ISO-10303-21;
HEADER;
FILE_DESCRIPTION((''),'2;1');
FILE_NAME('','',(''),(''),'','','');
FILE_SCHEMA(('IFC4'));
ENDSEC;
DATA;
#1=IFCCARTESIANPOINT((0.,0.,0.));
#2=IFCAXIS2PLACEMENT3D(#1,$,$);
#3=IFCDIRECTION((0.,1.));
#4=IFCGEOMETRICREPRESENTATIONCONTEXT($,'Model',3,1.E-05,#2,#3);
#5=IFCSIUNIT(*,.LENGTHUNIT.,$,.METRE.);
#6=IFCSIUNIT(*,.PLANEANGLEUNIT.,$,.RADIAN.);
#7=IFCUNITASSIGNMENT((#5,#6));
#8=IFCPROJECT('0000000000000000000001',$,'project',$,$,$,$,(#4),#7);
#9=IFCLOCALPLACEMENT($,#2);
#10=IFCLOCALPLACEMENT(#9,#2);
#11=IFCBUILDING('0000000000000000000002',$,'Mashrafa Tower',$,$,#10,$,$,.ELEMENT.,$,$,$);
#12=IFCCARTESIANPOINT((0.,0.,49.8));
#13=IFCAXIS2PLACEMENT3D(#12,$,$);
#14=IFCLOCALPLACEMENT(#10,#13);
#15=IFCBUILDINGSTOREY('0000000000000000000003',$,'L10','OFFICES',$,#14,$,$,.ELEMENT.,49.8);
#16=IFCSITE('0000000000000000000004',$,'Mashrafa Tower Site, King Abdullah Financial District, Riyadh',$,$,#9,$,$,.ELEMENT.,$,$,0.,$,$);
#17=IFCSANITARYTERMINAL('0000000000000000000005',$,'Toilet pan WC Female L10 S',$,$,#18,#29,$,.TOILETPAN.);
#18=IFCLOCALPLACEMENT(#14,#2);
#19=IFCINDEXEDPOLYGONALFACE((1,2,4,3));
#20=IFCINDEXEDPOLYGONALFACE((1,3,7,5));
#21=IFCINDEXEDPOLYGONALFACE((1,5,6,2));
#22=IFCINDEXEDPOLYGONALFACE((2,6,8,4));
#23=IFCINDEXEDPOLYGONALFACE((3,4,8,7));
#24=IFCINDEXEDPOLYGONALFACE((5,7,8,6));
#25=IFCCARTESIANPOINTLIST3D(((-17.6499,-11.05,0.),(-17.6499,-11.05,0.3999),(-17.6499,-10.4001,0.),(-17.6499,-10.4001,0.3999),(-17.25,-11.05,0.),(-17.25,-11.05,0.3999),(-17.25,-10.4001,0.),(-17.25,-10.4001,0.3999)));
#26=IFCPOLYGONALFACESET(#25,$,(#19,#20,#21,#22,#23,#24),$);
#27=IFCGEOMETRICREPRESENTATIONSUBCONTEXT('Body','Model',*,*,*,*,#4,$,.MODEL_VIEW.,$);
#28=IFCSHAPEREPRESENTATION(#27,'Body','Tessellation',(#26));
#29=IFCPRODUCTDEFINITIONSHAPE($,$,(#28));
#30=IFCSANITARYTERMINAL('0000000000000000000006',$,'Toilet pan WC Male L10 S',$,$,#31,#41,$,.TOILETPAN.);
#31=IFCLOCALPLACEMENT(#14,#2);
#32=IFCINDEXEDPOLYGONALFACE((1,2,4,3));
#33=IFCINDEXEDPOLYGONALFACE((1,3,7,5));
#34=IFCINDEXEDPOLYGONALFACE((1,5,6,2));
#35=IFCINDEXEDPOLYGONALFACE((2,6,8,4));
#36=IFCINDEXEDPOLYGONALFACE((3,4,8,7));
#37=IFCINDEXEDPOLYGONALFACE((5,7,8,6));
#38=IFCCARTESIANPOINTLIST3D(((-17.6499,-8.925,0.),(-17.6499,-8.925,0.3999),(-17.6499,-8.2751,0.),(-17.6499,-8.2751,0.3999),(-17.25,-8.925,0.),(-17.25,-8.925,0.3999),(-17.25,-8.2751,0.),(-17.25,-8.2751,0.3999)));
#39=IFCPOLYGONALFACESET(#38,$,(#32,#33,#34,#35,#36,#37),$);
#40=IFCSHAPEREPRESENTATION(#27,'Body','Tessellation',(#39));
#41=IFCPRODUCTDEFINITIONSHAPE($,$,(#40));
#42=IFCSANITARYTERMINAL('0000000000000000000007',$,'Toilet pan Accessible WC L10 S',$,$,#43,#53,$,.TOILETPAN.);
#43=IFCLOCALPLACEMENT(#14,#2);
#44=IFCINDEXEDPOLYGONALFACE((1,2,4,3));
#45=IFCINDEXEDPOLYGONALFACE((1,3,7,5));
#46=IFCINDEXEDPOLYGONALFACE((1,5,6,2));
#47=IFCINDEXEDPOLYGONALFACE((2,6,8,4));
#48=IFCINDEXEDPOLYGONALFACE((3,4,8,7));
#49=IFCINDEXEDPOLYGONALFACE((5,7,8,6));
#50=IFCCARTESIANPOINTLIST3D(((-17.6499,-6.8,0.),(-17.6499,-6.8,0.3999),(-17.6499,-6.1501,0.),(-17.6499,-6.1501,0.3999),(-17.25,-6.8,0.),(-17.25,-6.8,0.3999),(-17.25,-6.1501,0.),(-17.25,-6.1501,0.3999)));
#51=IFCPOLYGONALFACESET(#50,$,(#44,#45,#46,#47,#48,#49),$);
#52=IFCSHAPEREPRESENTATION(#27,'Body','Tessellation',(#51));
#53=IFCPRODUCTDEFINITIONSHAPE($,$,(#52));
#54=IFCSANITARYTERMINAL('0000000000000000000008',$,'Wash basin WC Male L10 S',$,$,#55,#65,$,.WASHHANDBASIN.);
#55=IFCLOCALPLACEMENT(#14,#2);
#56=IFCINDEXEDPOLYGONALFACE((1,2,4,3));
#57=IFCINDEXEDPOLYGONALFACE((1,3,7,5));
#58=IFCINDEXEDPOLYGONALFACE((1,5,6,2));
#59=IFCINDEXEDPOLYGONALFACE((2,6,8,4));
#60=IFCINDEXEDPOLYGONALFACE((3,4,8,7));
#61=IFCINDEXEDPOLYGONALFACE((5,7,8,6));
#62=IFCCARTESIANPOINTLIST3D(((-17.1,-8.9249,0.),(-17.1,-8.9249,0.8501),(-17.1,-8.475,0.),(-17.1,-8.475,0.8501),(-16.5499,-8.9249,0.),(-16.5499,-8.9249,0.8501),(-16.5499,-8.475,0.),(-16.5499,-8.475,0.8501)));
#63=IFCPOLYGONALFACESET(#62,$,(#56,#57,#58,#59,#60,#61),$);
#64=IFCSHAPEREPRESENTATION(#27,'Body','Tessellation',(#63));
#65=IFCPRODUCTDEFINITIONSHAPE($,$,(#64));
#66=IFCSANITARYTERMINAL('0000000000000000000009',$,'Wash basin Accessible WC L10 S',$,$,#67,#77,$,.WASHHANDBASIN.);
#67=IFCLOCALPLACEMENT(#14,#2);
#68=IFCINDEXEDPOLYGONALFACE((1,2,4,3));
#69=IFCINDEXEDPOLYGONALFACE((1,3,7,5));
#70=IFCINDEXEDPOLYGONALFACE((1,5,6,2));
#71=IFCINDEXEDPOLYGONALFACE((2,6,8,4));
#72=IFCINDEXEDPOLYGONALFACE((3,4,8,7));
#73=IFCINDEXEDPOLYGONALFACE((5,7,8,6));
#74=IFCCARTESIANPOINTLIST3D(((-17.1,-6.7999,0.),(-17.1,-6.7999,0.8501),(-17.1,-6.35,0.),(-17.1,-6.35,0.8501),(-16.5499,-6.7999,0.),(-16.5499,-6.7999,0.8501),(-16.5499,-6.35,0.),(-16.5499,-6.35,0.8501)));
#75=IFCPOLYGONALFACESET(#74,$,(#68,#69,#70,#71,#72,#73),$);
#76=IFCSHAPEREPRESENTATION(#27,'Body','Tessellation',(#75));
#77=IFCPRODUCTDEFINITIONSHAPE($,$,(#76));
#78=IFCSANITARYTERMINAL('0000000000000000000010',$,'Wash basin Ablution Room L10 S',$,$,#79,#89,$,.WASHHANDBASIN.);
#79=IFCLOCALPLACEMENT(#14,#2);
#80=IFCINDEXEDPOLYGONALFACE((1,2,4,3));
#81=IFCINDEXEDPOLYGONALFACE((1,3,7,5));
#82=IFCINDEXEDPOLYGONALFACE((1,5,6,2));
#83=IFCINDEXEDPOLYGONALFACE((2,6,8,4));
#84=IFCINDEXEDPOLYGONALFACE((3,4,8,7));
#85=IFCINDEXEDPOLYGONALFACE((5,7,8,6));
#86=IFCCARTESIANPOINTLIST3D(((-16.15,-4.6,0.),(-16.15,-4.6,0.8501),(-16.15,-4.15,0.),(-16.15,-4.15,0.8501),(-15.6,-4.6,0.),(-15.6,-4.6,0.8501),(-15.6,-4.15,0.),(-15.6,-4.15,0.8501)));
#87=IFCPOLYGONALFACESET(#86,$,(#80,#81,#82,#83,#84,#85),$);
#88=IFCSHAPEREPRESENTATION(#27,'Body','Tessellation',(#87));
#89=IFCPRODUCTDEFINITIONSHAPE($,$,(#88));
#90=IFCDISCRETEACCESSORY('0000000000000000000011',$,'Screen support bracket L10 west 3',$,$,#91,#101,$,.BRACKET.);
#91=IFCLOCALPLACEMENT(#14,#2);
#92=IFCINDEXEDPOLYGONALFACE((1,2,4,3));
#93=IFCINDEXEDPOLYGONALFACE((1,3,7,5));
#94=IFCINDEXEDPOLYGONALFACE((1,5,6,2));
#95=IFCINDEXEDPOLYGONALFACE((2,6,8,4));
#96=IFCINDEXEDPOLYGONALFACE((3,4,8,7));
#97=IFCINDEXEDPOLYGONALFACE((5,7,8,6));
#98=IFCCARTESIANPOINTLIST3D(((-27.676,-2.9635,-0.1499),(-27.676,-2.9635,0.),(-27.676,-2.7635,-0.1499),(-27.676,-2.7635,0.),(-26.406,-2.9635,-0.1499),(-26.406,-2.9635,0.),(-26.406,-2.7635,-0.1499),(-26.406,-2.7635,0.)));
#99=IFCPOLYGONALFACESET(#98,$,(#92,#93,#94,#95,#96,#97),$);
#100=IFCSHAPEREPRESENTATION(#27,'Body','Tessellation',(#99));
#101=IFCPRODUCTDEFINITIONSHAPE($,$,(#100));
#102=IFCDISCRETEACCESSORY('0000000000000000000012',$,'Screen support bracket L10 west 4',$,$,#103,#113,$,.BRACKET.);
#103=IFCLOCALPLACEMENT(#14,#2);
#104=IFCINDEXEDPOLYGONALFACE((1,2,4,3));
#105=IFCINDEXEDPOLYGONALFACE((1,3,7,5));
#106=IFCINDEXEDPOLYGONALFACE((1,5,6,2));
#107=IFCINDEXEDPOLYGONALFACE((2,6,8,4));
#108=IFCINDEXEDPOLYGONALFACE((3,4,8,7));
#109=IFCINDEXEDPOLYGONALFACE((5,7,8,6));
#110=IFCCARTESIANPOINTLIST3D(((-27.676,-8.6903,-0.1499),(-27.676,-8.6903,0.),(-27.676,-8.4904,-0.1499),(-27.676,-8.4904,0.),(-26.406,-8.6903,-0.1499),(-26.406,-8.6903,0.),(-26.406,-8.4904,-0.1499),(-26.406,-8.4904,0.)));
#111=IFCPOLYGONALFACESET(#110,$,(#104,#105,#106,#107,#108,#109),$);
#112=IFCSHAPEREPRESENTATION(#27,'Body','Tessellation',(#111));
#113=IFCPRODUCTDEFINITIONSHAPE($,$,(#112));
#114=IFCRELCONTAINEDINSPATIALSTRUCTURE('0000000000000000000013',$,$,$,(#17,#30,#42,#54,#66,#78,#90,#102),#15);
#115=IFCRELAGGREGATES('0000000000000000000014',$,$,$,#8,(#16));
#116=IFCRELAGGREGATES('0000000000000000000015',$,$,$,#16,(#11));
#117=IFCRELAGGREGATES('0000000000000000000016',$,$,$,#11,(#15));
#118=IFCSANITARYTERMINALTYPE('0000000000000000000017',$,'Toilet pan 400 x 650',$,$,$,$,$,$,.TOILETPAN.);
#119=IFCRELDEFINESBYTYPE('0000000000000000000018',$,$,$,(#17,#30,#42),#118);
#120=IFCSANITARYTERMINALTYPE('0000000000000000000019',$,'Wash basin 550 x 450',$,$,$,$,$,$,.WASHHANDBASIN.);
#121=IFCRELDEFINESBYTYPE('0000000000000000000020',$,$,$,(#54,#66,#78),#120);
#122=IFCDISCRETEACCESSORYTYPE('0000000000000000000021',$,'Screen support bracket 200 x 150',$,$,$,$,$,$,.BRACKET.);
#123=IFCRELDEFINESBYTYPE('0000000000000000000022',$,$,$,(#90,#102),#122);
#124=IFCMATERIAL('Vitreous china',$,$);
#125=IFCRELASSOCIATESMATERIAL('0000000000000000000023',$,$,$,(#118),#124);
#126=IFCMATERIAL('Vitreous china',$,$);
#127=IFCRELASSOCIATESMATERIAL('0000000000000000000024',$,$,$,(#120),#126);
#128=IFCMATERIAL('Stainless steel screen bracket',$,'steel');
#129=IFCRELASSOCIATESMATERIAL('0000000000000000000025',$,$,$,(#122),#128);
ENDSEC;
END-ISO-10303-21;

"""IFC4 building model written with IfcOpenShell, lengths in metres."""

from ifc_helpers import new_model, si_unit, direction, frame, origin, origin_2d, place, context, subcontext, project, spatial, rectangle, extrude, source, transform, mapped, material, type_object, type_shapes, element, save


model = new_model("IFC4")

# Units and contexts
model_context = context("Model", 3, precision=1e-05, world=origin(), true_north=direction((0.0, 1.0)))
body_context = subcontext(model_context, "Body", "Model", "MODEL_VIEW")
ifc_project = project(units=[si_unit("LENGTHUNIT", "METRE"), si_unit("PLANEANGLEUNIT", "RADIAN")], contexts=[model_context])

# Site, building, storey
site_placement = place(None, origin())
site = spatial("IfcSite", under=ifc_project, at=site_placement, Name="Mashrafa Tower Site, King Abdullah Financial District, Riyadh", CompositionType="ELEMENT", RefElevation=0.0)
building_placement = place(site_placement, origin())
building = spatial("IfcBuilding", under=site, at=building_placement, Name="Mashrafa Tower", CompositionType="ELEMENT")
storey_placement = place(building_placement, frame((0.0, 0.0, 49.8)))
storey = spatial("IfcBuildingStorey", under=building, at=storey_placement, Name="L10", Description="OFFICES", CompositionType="ELEMENT", Elevation=49.8)

# Sanitary terminals
ifc_material_1 = material(Name="Vitreous china")
sanitary_terminal_type_1 = type_object("IfcSanitaryTerminalType", Name="Toilet pan 400 x 650", PredefinedType="TOILETPAN", material=ifc_material_1)
for number, where, z_axis, x_axis, name in (
    (1, (-17.45, -10.7251, 0.0), (0.0, 0.0, 1.0), (1.0, 0.0, 0.0), "Toilet pan WC Female L10 S"),
    (2, (-17.45, -8.6001, 0.0), (0.0, 0.0, 1.0), (1.0, 0.0, 0.0), "Toilet pan WC Male L10 S"),
    (3, (-17.45, -6.4751, 0.0), (0.0, 0.0, 1.0), (1.0, 0.0, 0.0), "Toilet pan Accessible WC L10 S"),
):
    element("IfcSanitaryTerminal", number, at=place(storey_placement, frame(where, z_axis=z_axis, x_axis=x_axis)), inside=storey, type_object=sanitary_terminal_type_1, Name=name, PredefinedType="TOILETPAN", context=body_context, shape_type="SweptSolid", body=[
        extrude(rectangle(XDim=0.3999, YDim=0.6499, at=origin_2d()), origin(), (0.0, 0.0, 1.0), 0.3999),
    ])
ifc_material_2 = material(Name="Vitreous china")
sanitary_terminal_type_2 = type_object("IfcSanitaryTerminalType", Name="Wash basin 550 x 450", PredefinedType="WASHHANDBASIN", material=ifc_material_2)
for number, where, z_axis, x_axis, name in (
    (4, (-16.825, -8.7, 0.0), (0.0, 0.0, 1.0), (1.0, 0.0, 0.0), "Wash basin WC Male L10 S"),
    (5, (-16.825, -6.575, 0.0), (0.0, 0.0, 1.0), (1.0, 0.0, 0.0), "Wash basin Accessible WC L10 S"),
    (6, (-15.875, -4.375, 0.0), (0.0, 0.0, 1.0), (1.0, 0.0, 0.0), "Wash basin Ablution Room L10 S"),
):
    element("IfcSanitaryTerminal", number, at=place(storey_placement, frame(where, z_axis=z_axis, x_axis=x_axis)), inside=storey, type_object=sanitary_terminal_type_2, Name=name, PredefinedType="WASHHANDBASIN", context=body_context, shape_type="SweptSolid", body=[
        extrude(rectangle(XDim=0.55, YDim=0.45, at=origin_2d()), origin(), (0.0, 0.0, 1.0), 0.8501),
    ])

# Discrete accessories
ifc_material_3 = material(Name="Stainless steel screen bracket", Category="steel")
discrete_accessory_type = type_object("IfcDiscreteAccessoryType", Name="Screen support bracket 200 x 150", PredefinedType="BRACKET", material=ifc_material_3)
shared_shape_1 = source(origin(), body_context, "Body", "SweptSolid", [
    extrude(rectangle(XDim=0.2, YDim=1.27, at=origin_2d()), origin(), (0.0, 0.0, 1.0), 0.1499),
])
type_shapes(discrete_accessory_type, [shared_shape_1])
for number, where, z_axis, x_axis, name in (
    (7, (-27.041, -2.8635, -0.1499), (0.0, 0.0, 1.0), (0.0, -1.0, 0.0), "Screen support bracket L10 west 3"),
    (8, (-27.041, -8.5903, -0.1499), (0.0, 0.0, 1.0), (0.0, -1.0, 0.0), "Screen support bracket L10 west 4"),
):
    element("IfcDiscreteAccessory", number, at=place(storey_placement, frame(where, z_axis=z_axis, x_axis=x_axis)), inside=storey, type_object=discrete_accessory_type, Name=name, PredefinedType="BRACKET", context=body_context, shape_type="MappedRepresentation", body=[
        mapped(shared_shape_1, transform((0.0, 0.0, 0.0))),
    ])

save(model, "model.ifc")
